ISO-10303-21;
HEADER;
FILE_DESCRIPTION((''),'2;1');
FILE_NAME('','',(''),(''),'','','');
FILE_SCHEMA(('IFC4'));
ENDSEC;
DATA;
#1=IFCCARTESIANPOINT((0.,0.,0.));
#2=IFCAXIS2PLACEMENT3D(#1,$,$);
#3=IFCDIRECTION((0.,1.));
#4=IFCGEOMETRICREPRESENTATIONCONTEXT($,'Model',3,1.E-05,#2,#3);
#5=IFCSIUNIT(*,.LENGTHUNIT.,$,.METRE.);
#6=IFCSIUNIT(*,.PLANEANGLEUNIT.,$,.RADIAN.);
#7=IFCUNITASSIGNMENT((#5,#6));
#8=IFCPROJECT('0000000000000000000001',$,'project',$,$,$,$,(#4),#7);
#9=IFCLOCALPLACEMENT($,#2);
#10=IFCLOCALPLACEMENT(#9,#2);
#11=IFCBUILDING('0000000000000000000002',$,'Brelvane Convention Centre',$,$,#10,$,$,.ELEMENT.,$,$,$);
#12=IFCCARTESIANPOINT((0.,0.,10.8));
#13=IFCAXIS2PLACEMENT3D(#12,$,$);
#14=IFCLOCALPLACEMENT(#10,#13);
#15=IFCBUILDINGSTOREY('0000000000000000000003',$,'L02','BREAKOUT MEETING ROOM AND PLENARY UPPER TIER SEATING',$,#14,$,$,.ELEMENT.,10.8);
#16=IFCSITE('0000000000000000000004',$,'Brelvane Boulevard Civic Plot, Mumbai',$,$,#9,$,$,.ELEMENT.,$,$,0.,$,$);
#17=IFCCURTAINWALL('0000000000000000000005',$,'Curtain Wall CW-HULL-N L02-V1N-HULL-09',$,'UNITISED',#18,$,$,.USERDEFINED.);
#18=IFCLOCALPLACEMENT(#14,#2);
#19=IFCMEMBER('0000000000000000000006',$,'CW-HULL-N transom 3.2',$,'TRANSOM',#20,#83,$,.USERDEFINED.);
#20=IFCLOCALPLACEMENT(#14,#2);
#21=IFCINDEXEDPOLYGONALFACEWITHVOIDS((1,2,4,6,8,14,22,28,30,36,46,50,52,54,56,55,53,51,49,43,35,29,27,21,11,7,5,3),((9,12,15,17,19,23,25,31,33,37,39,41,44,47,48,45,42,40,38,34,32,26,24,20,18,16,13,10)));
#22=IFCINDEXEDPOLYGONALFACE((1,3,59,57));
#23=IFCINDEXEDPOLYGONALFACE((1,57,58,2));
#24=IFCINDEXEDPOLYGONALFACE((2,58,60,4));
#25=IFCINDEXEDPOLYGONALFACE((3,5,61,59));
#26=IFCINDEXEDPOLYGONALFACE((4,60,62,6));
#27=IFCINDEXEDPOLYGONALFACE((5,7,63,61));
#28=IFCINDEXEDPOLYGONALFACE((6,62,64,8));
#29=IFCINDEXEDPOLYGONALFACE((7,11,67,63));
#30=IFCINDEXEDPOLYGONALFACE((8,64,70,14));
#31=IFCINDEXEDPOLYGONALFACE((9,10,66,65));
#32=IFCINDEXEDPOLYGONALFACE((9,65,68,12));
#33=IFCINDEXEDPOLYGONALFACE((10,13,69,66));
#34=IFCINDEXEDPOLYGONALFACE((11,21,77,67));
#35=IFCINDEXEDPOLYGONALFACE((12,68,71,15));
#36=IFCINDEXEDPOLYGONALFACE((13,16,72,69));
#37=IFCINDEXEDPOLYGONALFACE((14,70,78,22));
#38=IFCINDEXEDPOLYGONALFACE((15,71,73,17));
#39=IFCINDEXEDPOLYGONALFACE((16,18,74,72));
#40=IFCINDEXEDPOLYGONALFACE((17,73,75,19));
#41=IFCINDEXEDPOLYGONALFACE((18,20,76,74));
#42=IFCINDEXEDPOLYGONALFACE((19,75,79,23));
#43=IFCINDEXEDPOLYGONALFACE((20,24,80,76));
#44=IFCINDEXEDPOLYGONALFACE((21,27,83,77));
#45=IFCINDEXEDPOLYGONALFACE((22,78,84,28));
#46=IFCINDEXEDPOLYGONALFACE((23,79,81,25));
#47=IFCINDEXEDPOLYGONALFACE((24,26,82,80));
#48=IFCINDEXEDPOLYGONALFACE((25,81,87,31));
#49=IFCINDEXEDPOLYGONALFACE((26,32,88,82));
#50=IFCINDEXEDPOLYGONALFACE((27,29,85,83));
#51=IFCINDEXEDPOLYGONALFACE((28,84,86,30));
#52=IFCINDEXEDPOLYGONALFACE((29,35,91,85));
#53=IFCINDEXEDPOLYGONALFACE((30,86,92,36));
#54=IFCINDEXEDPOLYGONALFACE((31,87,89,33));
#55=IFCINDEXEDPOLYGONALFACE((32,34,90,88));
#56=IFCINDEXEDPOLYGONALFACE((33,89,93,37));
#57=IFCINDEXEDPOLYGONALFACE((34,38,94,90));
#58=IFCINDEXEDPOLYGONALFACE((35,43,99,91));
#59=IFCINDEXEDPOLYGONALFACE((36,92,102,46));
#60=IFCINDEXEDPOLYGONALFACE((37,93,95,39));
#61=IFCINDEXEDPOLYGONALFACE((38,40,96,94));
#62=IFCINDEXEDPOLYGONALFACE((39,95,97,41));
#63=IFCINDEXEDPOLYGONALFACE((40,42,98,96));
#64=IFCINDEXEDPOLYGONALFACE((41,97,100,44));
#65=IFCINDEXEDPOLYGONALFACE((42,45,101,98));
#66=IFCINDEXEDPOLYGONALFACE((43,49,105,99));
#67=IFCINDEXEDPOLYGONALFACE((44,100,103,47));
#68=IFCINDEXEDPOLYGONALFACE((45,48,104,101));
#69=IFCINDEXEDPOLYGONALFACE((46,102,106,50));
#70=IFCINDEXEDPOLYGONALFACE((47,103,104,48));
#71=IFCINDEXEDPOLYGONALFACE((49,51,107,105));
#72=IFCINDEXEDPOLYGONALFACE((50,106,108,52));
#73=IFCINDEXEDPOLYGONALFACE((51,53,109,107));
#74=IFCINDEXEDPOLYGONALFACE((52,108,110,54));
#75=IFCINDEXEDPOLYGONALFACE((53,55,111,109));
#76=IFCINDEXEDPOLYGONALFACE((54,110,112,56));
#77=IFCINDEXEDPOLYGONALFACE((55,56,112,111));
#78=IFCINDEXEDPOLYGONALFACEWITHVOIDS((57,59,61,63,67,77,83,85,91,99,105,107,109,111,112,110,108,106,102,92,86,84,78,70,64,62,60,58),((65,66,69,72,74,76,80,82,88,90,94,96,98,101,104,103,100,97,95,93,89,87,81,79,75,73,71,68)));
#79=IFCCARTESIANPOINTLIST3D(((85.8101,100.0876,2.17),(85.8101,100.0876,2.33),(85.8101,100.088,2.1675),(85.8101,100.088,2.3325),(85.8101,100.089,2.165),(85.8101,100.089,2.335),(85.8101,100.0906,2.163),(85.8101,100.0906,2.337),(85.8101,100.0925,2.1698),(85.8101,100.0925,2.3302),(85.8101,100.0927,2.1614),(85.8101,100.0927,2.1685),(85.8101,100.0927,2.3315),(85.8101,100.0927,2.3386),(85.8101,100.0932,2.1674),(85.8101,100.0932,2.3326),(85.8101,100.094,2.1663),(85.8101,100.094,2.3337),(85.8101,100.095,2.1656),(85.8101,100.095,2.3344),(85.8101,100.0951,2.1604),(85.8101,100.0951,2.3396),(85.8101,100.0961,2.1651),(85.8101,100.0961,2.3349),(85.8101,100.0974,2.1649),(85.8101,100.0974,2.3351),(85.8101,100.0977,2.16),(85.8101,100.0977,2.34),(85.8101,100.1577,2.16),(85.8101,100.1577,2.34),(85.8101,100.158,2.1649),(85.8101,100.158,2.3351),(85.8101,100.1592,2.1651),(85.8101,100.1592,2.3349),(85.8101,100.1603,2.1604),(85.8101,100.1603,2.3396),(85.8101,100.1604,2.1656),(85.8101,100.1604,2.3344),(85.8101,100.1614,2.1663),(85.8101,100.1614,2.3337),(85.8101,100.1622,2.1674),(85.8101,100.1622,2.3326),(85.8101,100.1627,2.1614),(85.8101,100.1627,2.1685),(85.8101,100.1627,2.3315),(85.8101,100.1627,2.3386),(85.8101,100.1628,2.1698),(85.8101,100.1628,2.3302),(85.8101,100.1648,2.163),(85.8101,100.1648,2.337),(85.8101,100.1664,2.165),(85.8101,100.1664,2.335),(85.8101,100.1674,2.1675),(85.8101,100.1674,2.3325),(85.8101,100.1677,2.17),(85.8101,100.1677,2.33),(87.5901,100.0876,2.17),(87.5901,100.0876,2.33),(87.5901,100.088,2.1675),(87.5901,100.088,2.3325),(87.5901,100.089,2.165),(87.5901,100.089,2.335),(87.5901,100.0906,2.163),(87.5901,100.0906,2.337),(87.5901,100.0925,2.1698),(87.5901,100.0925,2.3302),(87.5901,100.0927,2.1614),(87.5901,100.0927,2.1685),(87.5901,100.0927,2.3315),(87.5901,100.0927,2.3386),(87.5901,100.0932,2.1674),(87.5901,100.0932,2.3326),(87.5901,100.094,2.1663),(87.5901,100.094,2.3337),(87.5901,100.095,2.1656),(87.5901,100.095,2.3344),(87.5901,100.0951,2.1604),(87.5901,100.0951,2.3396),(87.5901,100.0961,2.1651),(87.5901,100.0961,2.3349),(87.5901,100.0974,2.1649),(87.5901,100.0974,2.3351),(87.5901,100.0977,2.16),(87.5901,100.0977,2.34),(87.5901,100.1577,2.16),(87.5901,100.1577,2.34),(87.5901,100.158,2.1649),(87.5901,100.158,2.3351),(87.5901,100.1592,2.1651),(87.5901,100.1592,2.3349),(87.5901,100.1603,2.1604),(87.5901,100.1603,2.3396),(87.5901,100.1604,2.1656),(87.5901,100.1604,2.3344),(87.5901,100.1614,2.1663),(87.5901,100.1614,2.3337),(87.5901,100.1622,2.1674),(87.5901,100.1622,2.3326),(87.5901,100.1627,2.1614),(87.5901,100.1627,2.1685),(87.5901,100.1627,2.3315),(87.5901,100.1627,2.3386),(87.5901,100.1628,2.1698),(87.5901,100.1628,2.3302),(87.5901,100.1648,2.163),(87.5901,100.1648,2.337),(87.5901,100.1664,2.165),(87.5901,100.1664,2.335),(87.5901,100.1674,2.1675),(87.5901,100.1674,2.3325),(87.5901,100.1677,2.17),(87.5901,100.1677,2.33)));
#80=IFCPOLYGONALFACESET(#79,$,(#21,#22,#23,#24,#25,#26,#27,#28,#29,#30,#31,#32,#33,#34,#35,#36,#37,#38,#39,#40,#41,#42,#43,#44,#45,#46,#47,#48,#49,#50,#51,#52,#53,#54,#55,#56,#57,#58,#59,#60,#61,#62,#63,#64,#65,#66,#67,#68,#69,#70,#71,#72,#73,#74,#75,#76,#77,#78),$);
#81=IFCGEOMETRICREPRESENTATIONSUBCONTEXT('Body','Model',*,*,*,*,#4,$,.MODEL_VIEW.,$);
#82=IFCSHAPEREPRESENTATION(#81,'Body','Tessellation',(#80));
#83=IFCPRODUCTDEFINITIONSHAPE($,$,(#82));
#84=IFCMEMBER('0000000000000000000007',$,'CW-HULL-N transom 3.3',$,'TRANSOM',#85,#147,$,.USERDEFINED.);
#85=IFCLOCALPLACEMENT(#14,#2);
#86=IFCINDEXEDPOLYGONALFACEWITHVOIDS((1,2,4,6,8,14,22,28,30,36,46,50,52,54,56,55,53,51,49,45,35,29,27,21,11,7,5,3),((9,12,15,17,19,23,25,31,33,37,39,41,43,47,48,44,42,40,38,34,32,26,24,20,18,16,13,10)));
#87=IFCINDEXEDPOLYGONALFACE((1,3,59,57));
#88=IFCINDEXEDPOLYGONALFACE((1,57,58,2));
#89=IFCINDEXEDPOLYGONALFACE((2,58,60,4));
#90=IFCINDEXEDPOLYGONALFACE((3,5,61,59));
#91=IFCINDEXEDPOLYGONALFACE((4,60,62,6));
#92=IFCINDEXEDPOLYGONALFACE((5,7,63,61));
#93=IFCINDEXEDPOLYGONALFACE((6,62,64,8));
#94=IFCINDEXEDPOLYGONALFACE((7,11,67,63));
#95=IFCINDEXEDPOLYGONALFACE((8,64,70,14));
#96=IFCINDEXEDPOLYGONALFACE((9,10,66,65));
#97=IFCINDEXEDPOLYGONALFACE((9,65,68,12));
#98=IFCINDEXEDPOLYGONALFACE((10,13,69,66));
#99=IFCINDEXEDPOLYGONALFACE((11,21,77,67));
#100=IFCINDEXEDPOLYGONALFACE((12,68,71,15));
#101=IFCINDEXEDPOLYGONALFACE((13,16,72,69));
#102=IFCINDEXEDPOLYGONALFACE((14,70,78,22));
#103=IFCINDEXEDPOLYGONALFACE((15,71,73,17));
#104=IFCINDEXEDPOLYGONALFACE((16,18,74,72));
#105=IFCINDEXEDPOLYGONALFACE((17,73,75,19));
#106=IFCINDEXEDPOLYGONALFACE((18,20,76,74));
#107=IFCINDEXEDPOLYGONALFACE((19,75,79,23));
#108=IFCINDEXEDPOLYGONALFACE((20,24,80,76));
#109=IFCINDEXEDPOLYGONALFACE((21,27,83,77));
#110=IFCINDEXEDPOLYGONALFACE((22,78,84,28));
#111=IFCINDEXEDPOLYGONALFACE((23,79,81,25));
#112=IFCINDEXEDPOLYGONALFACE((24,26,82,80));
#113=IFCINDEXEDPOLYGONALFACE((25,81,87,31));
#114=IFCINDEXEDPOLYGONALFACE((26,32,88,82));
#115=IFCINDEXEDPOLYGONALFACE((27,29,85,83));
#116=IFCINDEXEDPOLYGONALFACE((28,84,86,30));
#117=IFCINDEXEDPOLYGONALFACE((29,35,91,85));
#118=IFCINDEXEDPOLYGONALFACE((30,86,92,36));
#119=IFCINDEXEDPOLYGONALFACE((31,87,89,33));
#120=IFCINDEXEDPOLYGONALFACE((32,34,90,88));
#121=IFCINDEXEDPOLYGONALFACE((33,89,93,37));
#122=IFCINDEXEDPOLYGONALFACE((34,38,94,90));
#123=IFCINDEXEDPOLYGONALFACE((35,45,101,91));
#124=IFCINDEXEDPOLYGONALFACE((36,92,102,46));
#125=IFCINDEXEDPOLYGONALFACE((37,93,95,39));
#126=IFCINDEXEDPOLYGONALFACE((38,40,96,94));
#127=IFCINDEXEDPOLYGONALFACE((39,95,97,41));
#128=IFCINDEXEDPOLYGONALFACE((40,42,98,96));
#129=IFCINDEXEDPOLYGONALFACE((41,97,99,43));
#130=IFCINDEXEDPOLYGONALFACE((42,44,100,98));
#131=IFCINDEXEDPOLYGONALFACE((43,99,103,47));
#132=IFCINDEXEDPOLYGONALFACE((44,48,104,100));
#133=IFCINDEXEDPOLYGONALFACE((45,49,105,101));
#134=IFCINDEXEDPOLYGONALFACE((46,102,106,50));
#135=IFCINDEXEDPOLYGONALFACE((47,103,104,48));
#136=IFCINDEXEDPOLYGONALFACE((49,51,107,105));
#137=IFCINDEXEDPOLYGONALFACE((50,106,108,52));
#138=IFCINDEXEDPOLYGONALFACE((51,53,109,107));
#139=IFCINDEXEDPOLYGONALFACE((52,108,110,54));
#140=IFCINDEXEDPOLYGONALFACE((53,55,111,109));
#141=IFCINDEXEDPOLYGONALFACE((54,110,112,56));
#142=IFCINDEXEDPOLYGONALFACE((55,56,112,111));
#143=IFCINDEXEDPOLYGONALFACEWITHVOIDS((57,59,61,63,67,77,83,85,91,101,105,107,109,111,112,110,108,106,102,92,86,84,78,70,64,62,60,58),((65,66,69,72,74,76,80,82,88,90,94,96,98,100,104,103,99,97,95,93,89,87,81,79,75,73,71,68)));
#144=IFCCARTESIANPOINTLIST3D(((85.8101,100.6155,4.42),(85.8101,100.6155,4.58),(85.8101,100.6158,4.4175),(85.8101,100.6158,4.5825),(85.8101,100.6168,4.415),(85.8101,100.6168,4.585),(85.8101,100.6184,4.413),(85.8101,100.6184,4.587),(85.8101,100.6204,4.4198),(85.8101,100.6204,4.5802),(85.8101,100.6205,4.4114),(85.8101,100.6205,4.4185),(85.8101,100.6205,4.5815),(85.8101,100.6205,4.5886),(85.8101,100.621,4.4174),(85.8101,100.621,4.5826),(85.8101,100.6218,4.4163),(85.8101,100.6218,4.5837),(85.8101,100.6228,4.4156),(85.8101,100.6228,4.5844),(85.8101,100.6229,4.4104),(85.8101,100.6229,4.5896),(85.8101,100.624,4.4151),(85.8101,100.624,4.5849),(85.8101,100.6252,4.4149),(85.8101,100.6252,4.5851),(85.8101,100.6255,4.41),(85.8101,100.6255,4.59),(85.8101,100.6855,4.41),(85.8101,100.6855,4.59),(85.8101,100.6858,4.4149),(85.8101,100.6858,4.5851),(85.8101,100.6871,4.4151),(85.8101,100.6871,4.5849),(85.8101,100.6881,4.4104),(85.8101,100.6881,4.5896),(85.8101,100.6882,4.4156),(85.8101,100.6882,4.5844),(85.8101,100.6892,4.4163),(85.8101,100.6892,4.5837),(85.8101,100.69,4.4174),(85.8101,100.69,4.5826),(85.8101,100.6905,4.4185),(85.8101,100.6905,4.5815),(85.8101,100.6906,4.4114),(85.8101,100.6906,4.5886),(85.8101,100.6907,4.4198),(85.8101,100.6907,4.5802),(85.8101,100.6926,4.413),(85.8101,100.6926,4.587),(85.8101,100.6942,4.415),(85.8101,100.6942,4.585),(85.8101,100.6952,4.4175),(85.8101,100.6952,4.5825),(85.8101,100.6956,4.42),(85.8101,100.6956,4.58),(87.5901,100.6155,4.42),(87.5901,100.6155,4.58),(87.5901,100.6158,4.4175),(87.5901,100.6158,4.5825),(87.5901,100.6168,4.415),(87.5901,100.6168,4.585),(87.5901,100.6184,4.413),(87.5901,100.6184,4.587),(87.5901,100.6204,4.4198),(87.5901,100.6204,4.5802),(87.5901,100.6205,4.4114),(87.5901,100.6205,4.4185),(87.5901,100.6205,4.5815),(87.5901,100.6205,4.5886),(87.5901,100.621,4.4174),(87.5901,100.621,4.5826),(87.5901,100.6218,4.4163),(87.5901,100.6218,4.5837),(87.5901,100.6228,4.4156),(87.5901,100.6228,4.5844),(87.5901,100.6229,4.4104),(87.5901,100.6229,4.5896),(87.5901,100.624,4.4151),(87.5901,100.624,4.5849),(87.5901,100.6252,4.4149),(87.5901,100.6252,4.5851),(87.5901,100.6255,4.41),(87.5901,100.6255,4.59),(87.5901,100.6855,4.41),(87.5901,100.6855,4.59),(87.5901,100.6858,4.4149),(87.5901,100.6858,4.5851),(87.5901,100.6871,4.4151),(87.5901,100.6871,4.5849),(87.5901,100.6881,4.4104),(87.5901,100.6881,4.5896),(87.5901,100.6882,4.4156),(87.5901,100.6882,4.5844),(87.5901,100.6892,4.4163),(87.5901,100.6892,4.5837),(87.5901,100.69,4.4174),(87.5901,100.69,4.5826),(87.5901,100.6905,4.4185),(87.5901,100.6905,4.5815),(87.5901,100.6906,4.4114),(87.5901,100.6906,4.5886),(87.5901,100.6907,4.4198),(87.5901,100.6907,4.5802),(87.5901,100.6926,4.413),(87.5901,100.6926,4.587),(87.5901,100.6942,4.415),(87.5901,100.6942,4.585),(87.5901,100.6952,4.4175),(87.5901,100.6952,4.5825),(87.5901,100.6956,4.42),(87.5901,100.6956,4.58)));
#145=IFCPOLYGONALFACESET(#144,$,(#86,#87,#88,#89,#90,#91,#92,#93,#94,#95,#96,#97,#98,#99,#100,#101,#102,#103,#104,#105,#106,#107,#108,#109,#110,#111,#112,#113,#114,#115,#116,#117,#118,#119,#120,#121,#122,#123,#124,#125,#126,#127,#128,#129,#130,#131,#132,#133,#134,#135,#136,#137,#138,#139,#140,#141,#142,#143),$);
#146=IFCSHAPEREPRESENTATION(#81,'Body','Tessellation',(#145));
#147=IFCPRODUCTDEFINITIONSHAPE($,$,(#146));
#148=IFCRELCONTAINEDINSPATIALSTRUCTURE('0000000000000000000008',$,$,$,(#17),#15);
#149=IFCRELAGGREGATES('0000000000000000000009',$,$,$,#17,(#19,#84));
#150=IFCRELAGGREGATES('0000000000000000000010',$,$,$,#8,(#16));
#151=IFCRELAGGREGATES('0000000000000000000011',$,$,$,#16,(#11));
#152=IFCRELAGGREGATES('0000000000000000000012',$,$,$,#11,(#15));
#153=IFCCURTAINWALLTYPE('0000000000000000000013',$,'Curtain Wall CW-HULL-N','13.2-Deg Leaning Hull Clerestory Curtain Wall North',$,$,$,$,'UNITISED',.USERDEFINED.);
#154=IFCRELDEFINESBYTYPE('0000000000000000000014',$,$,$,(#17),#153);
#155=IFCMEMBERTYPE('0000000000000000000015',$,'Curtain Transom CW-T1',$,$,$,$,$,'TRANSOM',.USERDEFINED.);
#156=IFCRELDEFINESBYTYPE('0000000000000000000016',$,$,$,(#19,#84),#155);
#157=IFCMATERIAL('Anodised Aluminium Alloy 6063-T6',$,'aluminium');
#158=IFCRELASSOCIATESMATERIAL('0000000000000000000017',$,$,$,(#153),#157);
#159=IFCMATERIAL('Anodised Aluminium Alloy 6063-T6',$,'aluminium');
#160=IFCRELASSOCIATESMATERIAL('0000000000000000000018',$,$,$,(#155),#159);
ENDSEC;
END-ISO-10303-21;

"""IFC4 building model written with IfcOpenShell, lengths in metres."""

from ifc_helpers import new_model, si_unit, direction, frame, origin, origin_2d, place, context, subcontext, project, spatial, hollow_rectangle, extrude, material, material_profile, profile_set, type_object, element, aggregate, save


model = new_model("IFC4")

# Units and contexts
model_context = context("Model", 3, precision=1e-05, world=origin(), true_north=direction((0.0, 1.0)))
body_context = subcontext(model_context, "Body", "Model", "MODEL_VIEW")
ifc_project = project(units=[si_unit("LENGTHUNIT", "METRE"), si_unit("PLANEANGLEUNIT", "RADIAN")], contexts=[model_context])

# Site, building, storey
site_placement = place(None, origin())
site = spatial("IfcSite", under=ifc_project, at=site_placement, Name="Brelvane Boulevard Civic Plot, Mumbai", CompositionType="ELEMENT", RefElevation=0.0)
building_placement = place(site_placement, origin())
building = spatial("IfcBuilding", under=site, at=building_placement, Name="Brelvane Convention Centre", CompositionType="ELEMENT")
storey_placement = place(building_placement, frame((0.0, 0.0, 10.8)))
storey = spatial("IfcBuildingStorey", under=building, at=storey_placement, Name="L02", Description="BREAKOUT MEETING ROOM AND PLENARY UPPER TIER SEATING", CompositionType="ELEMENT", Elevation=10.8)

# Curtain wall, members
ifc_material_1 = material(Name="Anodised Aluminium Alloy 6063-T6", Category="aluminium")
curtain_wall_type = type_object("IfcCurtainWallType", Name="Curtain Wall CW-HULL-N", Description="13.2-Deg Leaning Hull Clerestory Curtain Wall North", ElementType="UNITISED", PredefinedType="USERDEFINED", material=ifc_material_1)
curtain_wall_placement = place(storey_placement, origin())
curtain_wall = element("IfcCurtainWall", 1, at=curtain_wall_placement, inside=storey, type_object=curtain_wall_type, Name="Curtain Wall CW-HULL-N L02-V1N-HULL-09", ObjectType="UNITISED", PredefinedType="USERDEFINED")
ifc_material_2 = material(Name="Anodised Aluminium Alloy 6063-T6", Category="aluminium")
ifc_material_profile_1 = material_profile(ifc_material_2, hollow_rectangle(XDim=0.0801, YDim=0.1799, WallThickness=0.0049, InnerFilletRadius=0.0049, OuterFilletRadius=0.01, at=origin_2d()), Name="ALU-T 180x80x5.0")
ifc_profile_set_1 = profile_set([ifc_material_profile_1], Name="Anodised Aluminium Alloy 6063-T6")
member_type_1 = type_object("IfcMemberType", Name="Curtain Transom CW-T1", ElementType="TRANSOM", PredefinedType="USERDEFINED", material=ifc_profile_set_1)
member_1_placement = place(storey_placement, frame((85.8101, 100.1277, 2.25), z_axis=(1.0, 0.0, 0.0), x_axis=(0.0, 1.0, 0.0)))
member_1 = element("IfcMember", 2, at=member_1_placement, type_object=member_type_1, Name="CW-HULL-N transom 3.2", ObjectType="TRANSOM", PredefinedType="USERDEFINED", context=body_context, shape_type="SweptSolid", body=[
    extrude(hollow_rectangle(XDim=0.0801, YDim=0.1799, WallThickness=0.0049, InnerFilletRadius=0.0049, OuterFilletRadius=0.01, at=origin_2d()), origin(), (0.0, 0.0, 1.0), 1.78),
])
member_2_placement = place(storey_placement, frame((85.8101, 100.6555, 4.5), z_axis=(1.0, 0.0, 0.0), x_axis=(0.0, 1.0, 0.0)))
member_2 = element("IfcMember", 3, at=member_2_placement, type_object=member_type_1, Name="CW-HULL-N transom 3.3", ObjectType="TRANSOM", PredefinedType="USERDEFINED", context=body_context, shape_type="SweptSolid", body=[
    extrude(hollow_rectangle(XDim=0.0801, YDim=0.1799, WallThickness=0.0049, InnerFilletRadius=0.0049, OuterFilletRadius=0.01, at=origin_2d()), origin(), (0.0, 0.0, 1.0), 1.78),
])
aggregate(curtain_wall, [member_1, member_2])

save(model, "model.ifc")
